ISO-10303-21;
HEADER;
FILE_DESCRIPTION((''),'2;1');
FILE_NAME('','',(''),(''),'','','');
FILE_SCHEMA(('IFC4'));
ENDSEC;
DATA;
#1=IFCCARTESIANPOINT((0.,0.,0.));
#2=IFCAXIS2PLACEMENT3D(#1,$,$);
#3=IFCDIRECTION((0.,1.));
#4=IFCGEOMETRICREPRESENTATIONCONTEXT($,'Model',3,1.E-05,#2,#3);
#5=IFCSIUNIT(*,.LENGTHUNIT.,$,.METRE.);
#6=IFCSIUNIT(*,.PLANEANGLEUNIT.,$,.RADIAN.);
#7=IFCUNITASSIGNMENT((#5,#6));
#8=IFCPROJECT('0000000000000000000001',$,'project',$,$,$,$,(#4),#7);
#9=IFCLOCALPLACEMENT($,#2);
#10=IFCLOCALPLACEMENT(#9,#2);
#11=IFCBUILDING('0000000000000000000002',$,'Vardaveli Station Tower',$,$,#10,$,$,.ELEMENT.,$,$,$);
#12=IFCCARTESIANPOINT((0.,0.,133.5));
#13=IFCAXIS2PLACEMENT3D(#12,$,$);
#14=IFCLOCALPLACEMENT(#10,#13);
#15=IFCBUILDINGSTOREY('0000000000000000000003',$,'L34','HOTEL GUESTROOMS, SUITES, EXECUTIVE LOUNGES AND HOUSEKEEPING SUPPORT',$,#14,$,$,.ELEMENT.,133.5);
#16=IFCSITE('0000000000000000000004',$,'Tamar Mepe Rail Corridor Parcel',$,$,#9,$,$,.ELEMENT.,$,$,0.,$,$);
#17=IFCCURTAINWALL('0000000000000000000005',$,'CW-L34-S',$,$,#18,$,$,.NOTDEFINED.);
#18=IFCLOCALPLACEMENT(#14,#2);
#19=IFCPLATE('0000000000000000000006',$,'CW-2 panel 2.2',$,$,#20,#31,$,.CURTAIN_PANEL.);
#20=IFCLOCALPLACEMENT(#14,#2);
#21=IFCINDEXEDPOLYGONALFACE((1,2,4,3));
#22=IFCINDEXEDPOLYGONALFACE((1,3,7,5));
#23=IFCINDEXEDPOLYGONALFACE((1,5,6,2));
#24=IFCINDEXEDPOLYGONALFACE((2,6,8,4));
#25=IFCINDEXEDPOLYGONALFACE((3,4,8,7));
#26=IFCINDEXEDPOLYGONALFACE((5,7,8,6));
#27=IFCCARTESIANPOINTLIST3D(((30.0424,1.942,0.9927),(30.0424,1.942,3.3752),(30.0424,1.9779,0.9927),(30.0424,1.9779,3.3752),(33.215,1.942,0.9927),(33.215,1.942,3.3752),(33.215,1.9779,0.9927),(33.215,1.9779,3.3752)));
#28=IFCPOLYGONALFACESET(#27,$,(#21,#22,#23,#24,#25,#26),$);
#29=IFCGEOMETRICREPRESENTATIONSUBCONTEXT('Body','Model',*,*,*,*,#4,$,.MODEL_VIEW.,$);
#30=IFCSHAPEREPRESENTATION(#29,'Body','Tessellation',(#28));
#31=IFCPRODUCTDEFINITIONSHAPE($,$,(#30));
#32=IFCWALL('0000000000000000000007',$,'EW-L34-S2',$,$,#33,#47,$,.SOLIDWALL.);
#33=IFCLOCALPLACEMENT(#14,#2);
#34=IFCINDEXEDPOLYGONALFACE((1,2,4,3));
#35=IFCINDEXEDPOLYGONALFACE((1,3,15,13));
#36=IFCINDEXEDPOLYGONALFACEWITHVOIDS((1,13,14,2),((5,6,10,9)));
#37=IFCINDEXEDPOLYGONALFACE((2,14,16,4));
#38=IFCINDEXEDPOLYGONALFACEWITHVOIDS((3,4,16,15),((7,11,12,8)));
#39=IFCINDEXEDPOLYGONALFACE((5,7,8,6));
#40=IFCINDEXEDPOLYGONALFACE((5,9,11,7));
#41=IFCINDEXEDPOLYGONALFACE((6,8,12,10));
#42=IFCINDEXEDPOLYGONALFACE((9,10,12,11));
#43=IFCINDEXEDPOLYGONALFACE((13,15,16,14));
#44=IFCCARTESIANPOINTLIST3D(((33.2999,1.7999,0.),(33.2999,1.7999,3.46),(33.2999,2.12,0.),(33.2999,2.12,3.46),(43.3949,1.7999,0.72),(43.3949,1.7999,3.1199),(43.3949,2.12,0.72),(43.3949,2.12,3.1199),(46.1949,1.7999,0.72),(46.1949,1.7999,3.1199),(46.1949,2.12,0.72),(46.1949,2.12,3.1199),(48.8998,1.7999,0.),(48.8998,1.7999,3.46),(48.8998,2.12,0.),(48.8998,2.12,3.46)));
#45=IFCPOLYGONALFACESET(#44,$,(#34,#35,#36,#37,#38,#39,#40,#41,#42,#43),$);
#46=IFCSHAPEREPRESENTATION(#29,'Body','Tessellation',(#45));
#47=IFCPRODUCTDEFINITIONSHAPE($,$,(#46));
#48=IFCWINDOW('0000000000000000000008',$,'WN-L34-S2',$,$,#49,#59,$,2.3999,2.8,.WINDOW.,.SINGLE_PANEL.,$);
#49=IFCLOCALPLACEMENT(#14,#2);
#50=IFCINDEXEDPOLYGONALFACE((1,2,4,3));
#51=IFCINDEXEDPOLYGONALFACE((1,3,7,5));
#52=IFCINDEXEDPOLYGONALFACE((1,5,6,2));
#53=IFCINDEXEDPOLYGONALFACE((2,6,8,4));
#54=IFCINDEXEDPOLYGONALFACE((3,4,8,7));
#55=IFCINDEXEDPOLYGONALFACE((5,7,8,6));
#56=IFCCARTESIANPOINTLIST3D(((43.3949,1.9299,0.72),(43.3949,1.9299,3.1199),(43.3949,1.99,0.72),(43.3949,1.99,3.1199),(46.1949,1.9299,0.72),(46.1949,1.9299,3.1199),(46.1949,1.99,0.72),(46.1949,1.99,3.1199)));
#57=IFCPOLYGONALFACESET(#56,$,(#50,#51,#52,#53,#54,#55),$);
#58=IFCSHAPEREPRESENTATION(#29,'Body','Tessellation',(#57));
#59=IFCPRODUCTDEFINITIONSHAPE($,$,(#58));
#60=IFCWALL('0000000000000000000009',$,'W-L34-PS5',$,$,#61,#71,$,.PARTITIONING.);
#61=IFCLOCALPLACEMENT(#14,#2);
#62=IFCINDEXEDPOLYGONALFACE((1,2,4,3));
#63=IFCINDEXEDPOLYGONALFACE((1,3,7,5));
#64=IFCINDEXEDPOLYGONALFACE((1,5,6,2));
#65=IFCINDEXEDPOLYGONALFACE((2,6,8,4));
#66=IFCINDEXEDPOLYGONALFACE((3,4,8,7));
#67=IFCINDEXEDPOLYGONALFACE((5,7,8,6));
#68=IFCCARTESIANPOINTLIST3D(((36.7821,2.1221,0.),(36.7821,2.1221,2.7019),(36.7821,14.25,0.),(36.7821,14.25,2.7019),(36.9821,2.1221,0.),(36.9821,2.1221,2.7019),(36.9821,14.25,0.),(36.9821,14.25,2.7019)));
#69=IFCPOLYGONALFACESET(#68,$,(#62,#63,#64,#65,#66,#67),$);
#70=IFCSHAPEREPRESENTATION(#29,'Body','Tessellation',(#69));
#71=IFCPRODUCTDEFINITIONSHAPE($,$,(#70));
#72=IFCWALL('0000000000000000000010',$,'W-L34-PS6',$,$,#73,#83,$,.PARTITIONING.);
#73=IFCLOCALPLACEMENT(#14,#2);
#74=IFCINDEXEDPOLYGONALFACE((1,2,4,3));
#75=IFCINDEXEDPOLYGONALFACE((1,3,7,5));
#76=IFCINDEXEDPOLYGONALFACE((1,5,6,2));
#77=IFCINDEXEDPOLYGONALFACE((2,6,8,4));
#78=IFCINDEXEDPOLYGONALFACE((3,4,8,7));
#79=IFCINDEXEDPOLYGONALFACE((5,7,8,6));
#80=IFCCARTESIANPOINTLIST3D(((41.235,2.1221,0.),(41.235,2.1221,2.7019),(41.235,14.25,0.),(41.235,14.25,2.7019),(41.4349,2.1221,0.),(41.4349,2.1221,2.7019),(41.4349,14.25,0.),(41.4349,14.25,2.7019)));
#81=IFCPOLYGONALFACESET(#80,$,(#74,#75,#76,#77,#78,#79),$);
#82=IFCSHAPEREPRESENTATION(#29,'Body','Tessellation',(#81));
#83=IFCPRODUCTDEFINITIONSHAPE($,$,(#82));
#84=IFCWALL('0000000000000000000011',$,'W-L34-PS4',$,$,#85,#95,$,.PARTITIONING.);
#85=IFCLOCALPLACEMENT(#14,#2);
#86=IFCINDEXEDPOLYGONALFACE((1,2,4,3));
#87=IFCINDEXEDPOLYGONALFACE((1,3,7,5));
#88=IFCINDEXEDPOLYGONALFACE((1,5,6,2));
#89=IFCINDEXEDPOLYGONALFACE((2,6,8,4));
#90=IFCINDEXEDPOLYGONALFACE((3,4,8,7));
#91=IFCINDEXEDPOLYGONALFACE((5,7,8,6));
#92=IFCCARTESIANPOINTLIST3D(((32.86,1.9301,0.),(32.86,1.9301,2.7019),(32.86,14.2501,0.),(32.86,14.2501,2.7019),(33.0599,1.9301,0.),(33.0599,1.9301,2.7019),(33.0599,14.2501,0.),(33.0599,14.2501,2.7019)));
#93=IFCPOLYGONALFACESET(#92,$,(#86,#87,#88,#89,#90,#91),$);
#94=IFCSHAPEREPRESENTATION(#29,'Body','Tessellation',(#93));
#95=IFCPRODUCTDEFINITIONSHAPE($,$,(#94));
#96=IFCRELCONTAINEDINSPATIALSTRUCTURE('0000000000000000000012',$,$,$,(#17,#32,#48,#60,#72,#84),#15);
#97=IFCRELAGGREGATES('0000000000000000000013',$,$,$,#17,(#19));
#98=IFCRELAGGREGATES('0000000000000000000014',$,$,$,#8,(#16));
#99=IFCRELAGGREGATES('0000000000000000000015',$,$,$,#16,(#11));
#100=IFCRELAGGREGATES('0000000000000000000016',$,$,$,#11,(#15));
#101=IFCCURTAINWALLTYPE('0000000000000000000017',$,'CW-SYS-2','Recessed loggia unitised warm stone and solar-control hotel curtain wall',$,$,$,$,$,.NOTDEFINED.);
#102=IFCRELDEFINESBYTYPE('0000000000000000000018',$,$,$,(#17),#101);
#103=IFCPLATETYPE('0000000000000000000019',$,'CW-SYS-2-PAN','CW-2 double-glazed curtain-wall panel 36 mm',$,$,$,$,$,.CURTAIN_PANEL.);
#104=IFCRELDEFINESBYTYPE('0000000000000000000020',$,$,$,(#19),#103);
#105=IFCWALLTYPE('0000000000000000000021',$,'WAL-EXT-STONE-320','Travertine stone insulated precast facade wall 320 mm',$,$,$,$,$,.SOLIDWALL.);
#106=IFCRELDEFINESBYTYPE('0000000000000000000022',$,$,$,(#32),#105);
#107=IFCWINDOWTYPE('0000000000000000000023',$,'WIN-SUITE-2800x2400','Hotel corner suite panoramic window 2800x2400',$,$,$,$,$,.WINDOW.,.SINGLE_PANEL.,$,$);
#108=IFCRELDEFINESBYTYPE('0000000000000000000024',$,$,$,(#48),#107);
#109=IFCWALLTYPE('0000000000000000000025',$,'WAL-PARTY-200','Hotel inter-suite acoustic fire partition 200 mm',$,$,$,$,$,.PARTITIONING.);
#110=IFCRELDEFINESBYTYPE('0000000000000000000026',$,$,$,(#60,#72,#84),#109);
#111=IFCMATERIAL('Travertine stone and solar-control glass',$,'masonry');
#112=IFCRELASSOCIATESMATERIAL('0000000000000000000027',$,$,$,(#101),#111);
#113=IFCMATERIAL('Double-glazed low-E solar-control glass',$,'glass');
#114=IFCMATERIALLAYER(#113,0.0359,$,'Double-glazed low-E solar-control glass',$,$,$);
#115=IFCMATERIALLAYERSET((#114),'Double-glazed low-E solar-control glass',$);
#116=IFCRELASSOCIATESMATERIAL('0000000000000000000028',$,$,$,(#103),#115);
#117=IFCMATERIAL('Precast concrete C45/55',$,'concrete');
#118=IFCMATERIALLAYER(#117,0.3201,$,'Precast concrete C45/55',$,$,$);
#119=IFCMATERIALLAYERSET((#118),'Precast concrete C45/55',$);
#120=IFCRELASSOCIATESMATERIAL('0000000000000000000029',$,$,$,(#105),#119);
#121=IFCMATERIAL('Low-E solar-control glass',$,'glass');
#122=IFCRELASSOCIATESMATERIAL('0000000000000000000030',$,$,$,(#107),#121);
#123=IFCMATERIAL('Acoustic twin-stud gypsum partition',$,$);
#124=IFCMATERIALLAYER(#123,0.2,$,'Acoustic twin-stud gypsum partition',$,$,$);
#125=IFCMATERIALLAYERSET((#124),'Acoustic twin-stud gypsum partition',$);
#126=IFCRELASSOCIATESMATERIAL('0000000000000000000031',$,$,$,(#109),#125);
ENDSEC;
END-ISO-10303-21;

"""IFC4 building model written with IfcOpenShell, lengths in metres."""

from ifc_helpers import new_model, si_unit, direction, frame, frame_2d, origin, origin_2d, place, context, subcontext, project, spatial, rectangle, extrude, source, transform, mapped, material, layer, layer_set, type_object, element, fill, aggregate, save


model = new_model("IFC4")

# Units and contexts
model_context = context("Model", 3, precision=1e-05, world=origin(), true_north=direction((0.0, 1.0)))
body_context = subcontext(model_context, "Body", "Model", "MODEL_VIEW")
ifc_project = project(units=[si_unit("LENGTHUNIT", "METRE"), si_unit("PLANEANGLEUNIT", "RADIAN")], contexts=[model_context])

# Site, building, storey
site_placement = place(None, origin())
site = spatial("IfcSite", under=ifc_project, at=site_placement, Name="Tamar Mepe Rail Corridor Parcel", CompositionType="ELEMENT", RefElevation=0.0)
building_placement = place(site_placement, origin())
building = spatial("IfcBuilding", under=site, at=building_placement, Name="Vardaveli Station Tower", CompositionType="ELEMENT")
storey_placement = place(building_placement, frame((0.0, 0.0, 133.5)))
storey = spatial("IfcBuildingStorey", under=building, at=storey_placement, Name="L34", Description="HOTEL GUESTROOMS, SUITES, EXECUTIVE LOUNGES AND HOUSEKEEPING SUPPORT", CompositionType="ELEMENT", Elevation=133.5)

# Shared definitions
ifc_material_1 = material(Name="Precast concrete C45/55", Category="concrete")

# Curtain wall, plate
ifc_material_2 = material(Name="Travertine stone and solar-control glass", Category="masonry")
curtain_wall_type = type_object("IfcCurtainWallType", Name="CW-SYS-2", Description="Recessed loggia unitised warm stone and solar-control hotel curtain wall", PredefinedType="NOTDEFINED", material=ifc_material_2)
curtain_wall_placement = place(storey_placement, origin())
curtain_wall = element("IfcCurtainWall", 1, at=curtain_wall_placement, inside=storey, type_object=curtain_wall_type, Name="CW-L34-S", PredefinedType="NOTDEFINED")
ifc_material_3 = material(Name="Double-glazed low-E solar-control glass", Category="glass")
ifc_layer_1 = layer(ifc_material_3, 0.0359, Name="Double-glazed low-E solar-control glass")
ifc_layer_set_1 = layer_set([ifc_layer_1], Name="Double-glazed low-E solar-control glass")
plate_type = type_object("IfcPlateType", Name="CW-SYS-2-PAN", Description="CW-2 double-glazed curtain-wall panel 36 mm", PredefinedType="CURTAIN_PANEL", material=ifc_layer_set_1)
shared_shape_1 = source(origin(), body_context, "Body", "SweptSolid", [
    extrude(rectangle(XDim=3.1726, YDim=0.0359, at=origin_2d()), origin(), (0.0, 0.0, 1.0), 2.3826),
])
plate_1_placement = place(storey_placement, frame((31.6287, 1.96, 0.9927), z_axis=(0.0, 0.0, 1.0), x_axis=(1.0, 0.0, 0.0)))
plate_1 = element("IfcPlate", 2, at=plate_1_placement, type_object=plate_type, Name="CW-2 panel 2.2", PredefinedType="CURTAIN_PANEL", context=body_context, shape_type="MappedRepresentation", body=[
    mapped(shared_shape_1, transform((0.0, 0.0, 0.0), scale=1.0)),
])
aggregate(curtain_wall, [plate_1])

# Wall, opening, window
ifc_layer_2 = layer(ifc_material_1, 0.3201, Name="Precast concrete C45/55")
ifc_layer_set_2 = layer_set([ifc_layer_2], Name="Precast concrete C45/55")
wall_type_1 = type_object("IfcWallType", Name="WAL-EXT-STONE-320", Description="Travertine stone insulated precast facade wall 320 mm", PredefinedType="SOLIDWALL", material=ifc_layer_set_2)
shared_shape_2 = source(origin(), body_context, "Body", "SweptSolid", [
    extrude(rectangle(XDim=15.5999, YDim=0.3201, at=frame_2d((7.7998, 0.0))), origin(), (0.0, 0.0, 1.0), 3.46),
])
wall_1_placement = place(storey_placement, frame((33.3, 1.96, 0.0), z_axis=(0.0, 0.0, 1.0), x_axis=(1.0, 0.0, 0.0)))
wall_1 = element("IfcWall", 3, at=wall_1_placement, inside=storey, type_object=wall_type_1, Name="EW-L34-S2", PredefinedType="SOLIDWALL", context=body_context, shape_type="MappedRepresentation", body=[
    mapped(shared_shape_2, transform((0.0, 0.0, 0.0), scale=1.0)),
])
shared_shape_3 = source(origin(), body_context, "Body", "SweptSolid", [
    extrude(rectangle(XDim=2.8, YDim=2.3999, at=frame_2d((1.3999, 1.2))), frame((0.0, 0.1699, 0.0), z_axis=(0.0, -1.0, 0.0), x_axis=(1.0, 0.0, 0.0)), (0.0, 0.0, 1.0), 0.3401),
])
opening_placement = place(wall_1_placement, frame((10.095, 0.0, 0.72)))
opening = element("IfcOpeningElement", 4, at=opening_placement, cuts=wall_1, PredefinedType="OPENING", context=body_context, shape_type="MappedRepresentation", body=[
    mapped(shared_shape_3, transform((0.0, 0.0, 0.0), scale=1.0)),
])
ifc_material_4 = material(Name="Low-E solar-control glass", Category="glass")
window_type = type_object("IfcWindowType", Name="WIN-SUITE-2800x2400", Description="Hotel corner suite panoramic window 2800x2400", PartitioningType="SINGLE_PANEL", PredefinedType="WINDOW", material=ifc_material_4)
shared_shape_4 = source(origin(), body_context, "Body", "SweptSolid", [
    extrude(rectangle(XDim=2.8, YDim=2.3999, at=frame_2d((1.3999, 1.2))), frame((0.0, 0.03, 0.0), z_axis=(0.0, -1.0, 0.0), x_axis=(1.0, 0.0, 0.0)), (0.0, 0.0, 1.0), 0.0601),
])
window_placement = place(opening_placement, origin())
window = element("IfcWindow", 5, at=window_placement, inside=storey, type_object=window_type, Name="WN-L34-S2", OverallHeight=2.3999, OverallWidth=2.8, PartitioningType="SINGLE_PANEL", PredefinedType="WINDOW", context=body_context, shape_type="MappedRepresentation", body=[
    mapped(shared_shape_4, transform((0.0, 0.0, 0.0), scale=1.0)),
])
fill(opening, window)

# Walls
ifc_material_5 = material(Name="Acoustic twin-stud gypsum partition")
ifc_layer_3 = layer(ifc_material_5, 0.2, Name="Acoustic twin-stud gypsum partition")
ifc_layer_set_3 = layer_set([ifc_layer_3], Name="Acoustic twin-stud gypsum partition")
wall_type_2 = type_object("IfcWallType", Name="WAL-PARTY-200", Description="Hotel inter-suite acoustic fire partition 200 mm", PredefinedType="PARTITIONING", material=ifc_layer_set_3)
shared_shape_5 = source(origin(), body_context, "Body", "SweptSolid", [
    extrude(rectangle(XDim=12.1279, YDim=0.2, at=frame_2d((6.064, 0.0))), origin(), (0.0, 0.0, 1.0), 2.7019),
])
for number, where, z_axis, x_axis, name in (
    (6, (36.8821, 2.1221, 0.0), (0.0, 0.0, 1.0), (0.0, 1.0, 0.0), "W-L34-PS5"),
    (7, (41.335, 2.1221, 0.0), (0.0, 0.0, 1.0), (0.0, 1.0, 0.0), "W-L34-PS6"),
):
    element("IfcWall", number, at=place(storey_placement, frame(where, z_axis=z_axis, x_axis=x_axis)), inside=storey, type_object=wall_type_2, Name=name, PredefinedType="PARTITIONING", context=body_context, shape_type="MappedRepresentation", body=[
        mapped(shared_shape_5, transform((0.0, 0.0, 0.0), scale=1.0)),
    ])
shared_shape_6 = source(origin(), body_context, "Body", "SweptSolid", [
    extrude(rectangle(XDim=12.3201, YDim=0.2, at=frame_2d((6.1602, 0.0))), origin(), (0.0, 0.0, 1.0), 2.7019),
])
wall_2_placement = place(storey_placement, frame((32.96, 1.9299, 0.0), z_axis=(0.0, 0.0, 1.0), x_axis=(0.0, 1.0, 0.0)))
element("IfcWall", 8, at=wall_2_placement, inside=storey, type_object=wall_type_2, Name="W-L34-PS4", PredefinedType="PARTITIONING", context=body_context, shape_type="MappedRepresentation", body=[
    mapped(shared_shape_6, transform((0.0, 0.0, 0.0), scale=1.0)),
])

save(model, "model.ifc")
